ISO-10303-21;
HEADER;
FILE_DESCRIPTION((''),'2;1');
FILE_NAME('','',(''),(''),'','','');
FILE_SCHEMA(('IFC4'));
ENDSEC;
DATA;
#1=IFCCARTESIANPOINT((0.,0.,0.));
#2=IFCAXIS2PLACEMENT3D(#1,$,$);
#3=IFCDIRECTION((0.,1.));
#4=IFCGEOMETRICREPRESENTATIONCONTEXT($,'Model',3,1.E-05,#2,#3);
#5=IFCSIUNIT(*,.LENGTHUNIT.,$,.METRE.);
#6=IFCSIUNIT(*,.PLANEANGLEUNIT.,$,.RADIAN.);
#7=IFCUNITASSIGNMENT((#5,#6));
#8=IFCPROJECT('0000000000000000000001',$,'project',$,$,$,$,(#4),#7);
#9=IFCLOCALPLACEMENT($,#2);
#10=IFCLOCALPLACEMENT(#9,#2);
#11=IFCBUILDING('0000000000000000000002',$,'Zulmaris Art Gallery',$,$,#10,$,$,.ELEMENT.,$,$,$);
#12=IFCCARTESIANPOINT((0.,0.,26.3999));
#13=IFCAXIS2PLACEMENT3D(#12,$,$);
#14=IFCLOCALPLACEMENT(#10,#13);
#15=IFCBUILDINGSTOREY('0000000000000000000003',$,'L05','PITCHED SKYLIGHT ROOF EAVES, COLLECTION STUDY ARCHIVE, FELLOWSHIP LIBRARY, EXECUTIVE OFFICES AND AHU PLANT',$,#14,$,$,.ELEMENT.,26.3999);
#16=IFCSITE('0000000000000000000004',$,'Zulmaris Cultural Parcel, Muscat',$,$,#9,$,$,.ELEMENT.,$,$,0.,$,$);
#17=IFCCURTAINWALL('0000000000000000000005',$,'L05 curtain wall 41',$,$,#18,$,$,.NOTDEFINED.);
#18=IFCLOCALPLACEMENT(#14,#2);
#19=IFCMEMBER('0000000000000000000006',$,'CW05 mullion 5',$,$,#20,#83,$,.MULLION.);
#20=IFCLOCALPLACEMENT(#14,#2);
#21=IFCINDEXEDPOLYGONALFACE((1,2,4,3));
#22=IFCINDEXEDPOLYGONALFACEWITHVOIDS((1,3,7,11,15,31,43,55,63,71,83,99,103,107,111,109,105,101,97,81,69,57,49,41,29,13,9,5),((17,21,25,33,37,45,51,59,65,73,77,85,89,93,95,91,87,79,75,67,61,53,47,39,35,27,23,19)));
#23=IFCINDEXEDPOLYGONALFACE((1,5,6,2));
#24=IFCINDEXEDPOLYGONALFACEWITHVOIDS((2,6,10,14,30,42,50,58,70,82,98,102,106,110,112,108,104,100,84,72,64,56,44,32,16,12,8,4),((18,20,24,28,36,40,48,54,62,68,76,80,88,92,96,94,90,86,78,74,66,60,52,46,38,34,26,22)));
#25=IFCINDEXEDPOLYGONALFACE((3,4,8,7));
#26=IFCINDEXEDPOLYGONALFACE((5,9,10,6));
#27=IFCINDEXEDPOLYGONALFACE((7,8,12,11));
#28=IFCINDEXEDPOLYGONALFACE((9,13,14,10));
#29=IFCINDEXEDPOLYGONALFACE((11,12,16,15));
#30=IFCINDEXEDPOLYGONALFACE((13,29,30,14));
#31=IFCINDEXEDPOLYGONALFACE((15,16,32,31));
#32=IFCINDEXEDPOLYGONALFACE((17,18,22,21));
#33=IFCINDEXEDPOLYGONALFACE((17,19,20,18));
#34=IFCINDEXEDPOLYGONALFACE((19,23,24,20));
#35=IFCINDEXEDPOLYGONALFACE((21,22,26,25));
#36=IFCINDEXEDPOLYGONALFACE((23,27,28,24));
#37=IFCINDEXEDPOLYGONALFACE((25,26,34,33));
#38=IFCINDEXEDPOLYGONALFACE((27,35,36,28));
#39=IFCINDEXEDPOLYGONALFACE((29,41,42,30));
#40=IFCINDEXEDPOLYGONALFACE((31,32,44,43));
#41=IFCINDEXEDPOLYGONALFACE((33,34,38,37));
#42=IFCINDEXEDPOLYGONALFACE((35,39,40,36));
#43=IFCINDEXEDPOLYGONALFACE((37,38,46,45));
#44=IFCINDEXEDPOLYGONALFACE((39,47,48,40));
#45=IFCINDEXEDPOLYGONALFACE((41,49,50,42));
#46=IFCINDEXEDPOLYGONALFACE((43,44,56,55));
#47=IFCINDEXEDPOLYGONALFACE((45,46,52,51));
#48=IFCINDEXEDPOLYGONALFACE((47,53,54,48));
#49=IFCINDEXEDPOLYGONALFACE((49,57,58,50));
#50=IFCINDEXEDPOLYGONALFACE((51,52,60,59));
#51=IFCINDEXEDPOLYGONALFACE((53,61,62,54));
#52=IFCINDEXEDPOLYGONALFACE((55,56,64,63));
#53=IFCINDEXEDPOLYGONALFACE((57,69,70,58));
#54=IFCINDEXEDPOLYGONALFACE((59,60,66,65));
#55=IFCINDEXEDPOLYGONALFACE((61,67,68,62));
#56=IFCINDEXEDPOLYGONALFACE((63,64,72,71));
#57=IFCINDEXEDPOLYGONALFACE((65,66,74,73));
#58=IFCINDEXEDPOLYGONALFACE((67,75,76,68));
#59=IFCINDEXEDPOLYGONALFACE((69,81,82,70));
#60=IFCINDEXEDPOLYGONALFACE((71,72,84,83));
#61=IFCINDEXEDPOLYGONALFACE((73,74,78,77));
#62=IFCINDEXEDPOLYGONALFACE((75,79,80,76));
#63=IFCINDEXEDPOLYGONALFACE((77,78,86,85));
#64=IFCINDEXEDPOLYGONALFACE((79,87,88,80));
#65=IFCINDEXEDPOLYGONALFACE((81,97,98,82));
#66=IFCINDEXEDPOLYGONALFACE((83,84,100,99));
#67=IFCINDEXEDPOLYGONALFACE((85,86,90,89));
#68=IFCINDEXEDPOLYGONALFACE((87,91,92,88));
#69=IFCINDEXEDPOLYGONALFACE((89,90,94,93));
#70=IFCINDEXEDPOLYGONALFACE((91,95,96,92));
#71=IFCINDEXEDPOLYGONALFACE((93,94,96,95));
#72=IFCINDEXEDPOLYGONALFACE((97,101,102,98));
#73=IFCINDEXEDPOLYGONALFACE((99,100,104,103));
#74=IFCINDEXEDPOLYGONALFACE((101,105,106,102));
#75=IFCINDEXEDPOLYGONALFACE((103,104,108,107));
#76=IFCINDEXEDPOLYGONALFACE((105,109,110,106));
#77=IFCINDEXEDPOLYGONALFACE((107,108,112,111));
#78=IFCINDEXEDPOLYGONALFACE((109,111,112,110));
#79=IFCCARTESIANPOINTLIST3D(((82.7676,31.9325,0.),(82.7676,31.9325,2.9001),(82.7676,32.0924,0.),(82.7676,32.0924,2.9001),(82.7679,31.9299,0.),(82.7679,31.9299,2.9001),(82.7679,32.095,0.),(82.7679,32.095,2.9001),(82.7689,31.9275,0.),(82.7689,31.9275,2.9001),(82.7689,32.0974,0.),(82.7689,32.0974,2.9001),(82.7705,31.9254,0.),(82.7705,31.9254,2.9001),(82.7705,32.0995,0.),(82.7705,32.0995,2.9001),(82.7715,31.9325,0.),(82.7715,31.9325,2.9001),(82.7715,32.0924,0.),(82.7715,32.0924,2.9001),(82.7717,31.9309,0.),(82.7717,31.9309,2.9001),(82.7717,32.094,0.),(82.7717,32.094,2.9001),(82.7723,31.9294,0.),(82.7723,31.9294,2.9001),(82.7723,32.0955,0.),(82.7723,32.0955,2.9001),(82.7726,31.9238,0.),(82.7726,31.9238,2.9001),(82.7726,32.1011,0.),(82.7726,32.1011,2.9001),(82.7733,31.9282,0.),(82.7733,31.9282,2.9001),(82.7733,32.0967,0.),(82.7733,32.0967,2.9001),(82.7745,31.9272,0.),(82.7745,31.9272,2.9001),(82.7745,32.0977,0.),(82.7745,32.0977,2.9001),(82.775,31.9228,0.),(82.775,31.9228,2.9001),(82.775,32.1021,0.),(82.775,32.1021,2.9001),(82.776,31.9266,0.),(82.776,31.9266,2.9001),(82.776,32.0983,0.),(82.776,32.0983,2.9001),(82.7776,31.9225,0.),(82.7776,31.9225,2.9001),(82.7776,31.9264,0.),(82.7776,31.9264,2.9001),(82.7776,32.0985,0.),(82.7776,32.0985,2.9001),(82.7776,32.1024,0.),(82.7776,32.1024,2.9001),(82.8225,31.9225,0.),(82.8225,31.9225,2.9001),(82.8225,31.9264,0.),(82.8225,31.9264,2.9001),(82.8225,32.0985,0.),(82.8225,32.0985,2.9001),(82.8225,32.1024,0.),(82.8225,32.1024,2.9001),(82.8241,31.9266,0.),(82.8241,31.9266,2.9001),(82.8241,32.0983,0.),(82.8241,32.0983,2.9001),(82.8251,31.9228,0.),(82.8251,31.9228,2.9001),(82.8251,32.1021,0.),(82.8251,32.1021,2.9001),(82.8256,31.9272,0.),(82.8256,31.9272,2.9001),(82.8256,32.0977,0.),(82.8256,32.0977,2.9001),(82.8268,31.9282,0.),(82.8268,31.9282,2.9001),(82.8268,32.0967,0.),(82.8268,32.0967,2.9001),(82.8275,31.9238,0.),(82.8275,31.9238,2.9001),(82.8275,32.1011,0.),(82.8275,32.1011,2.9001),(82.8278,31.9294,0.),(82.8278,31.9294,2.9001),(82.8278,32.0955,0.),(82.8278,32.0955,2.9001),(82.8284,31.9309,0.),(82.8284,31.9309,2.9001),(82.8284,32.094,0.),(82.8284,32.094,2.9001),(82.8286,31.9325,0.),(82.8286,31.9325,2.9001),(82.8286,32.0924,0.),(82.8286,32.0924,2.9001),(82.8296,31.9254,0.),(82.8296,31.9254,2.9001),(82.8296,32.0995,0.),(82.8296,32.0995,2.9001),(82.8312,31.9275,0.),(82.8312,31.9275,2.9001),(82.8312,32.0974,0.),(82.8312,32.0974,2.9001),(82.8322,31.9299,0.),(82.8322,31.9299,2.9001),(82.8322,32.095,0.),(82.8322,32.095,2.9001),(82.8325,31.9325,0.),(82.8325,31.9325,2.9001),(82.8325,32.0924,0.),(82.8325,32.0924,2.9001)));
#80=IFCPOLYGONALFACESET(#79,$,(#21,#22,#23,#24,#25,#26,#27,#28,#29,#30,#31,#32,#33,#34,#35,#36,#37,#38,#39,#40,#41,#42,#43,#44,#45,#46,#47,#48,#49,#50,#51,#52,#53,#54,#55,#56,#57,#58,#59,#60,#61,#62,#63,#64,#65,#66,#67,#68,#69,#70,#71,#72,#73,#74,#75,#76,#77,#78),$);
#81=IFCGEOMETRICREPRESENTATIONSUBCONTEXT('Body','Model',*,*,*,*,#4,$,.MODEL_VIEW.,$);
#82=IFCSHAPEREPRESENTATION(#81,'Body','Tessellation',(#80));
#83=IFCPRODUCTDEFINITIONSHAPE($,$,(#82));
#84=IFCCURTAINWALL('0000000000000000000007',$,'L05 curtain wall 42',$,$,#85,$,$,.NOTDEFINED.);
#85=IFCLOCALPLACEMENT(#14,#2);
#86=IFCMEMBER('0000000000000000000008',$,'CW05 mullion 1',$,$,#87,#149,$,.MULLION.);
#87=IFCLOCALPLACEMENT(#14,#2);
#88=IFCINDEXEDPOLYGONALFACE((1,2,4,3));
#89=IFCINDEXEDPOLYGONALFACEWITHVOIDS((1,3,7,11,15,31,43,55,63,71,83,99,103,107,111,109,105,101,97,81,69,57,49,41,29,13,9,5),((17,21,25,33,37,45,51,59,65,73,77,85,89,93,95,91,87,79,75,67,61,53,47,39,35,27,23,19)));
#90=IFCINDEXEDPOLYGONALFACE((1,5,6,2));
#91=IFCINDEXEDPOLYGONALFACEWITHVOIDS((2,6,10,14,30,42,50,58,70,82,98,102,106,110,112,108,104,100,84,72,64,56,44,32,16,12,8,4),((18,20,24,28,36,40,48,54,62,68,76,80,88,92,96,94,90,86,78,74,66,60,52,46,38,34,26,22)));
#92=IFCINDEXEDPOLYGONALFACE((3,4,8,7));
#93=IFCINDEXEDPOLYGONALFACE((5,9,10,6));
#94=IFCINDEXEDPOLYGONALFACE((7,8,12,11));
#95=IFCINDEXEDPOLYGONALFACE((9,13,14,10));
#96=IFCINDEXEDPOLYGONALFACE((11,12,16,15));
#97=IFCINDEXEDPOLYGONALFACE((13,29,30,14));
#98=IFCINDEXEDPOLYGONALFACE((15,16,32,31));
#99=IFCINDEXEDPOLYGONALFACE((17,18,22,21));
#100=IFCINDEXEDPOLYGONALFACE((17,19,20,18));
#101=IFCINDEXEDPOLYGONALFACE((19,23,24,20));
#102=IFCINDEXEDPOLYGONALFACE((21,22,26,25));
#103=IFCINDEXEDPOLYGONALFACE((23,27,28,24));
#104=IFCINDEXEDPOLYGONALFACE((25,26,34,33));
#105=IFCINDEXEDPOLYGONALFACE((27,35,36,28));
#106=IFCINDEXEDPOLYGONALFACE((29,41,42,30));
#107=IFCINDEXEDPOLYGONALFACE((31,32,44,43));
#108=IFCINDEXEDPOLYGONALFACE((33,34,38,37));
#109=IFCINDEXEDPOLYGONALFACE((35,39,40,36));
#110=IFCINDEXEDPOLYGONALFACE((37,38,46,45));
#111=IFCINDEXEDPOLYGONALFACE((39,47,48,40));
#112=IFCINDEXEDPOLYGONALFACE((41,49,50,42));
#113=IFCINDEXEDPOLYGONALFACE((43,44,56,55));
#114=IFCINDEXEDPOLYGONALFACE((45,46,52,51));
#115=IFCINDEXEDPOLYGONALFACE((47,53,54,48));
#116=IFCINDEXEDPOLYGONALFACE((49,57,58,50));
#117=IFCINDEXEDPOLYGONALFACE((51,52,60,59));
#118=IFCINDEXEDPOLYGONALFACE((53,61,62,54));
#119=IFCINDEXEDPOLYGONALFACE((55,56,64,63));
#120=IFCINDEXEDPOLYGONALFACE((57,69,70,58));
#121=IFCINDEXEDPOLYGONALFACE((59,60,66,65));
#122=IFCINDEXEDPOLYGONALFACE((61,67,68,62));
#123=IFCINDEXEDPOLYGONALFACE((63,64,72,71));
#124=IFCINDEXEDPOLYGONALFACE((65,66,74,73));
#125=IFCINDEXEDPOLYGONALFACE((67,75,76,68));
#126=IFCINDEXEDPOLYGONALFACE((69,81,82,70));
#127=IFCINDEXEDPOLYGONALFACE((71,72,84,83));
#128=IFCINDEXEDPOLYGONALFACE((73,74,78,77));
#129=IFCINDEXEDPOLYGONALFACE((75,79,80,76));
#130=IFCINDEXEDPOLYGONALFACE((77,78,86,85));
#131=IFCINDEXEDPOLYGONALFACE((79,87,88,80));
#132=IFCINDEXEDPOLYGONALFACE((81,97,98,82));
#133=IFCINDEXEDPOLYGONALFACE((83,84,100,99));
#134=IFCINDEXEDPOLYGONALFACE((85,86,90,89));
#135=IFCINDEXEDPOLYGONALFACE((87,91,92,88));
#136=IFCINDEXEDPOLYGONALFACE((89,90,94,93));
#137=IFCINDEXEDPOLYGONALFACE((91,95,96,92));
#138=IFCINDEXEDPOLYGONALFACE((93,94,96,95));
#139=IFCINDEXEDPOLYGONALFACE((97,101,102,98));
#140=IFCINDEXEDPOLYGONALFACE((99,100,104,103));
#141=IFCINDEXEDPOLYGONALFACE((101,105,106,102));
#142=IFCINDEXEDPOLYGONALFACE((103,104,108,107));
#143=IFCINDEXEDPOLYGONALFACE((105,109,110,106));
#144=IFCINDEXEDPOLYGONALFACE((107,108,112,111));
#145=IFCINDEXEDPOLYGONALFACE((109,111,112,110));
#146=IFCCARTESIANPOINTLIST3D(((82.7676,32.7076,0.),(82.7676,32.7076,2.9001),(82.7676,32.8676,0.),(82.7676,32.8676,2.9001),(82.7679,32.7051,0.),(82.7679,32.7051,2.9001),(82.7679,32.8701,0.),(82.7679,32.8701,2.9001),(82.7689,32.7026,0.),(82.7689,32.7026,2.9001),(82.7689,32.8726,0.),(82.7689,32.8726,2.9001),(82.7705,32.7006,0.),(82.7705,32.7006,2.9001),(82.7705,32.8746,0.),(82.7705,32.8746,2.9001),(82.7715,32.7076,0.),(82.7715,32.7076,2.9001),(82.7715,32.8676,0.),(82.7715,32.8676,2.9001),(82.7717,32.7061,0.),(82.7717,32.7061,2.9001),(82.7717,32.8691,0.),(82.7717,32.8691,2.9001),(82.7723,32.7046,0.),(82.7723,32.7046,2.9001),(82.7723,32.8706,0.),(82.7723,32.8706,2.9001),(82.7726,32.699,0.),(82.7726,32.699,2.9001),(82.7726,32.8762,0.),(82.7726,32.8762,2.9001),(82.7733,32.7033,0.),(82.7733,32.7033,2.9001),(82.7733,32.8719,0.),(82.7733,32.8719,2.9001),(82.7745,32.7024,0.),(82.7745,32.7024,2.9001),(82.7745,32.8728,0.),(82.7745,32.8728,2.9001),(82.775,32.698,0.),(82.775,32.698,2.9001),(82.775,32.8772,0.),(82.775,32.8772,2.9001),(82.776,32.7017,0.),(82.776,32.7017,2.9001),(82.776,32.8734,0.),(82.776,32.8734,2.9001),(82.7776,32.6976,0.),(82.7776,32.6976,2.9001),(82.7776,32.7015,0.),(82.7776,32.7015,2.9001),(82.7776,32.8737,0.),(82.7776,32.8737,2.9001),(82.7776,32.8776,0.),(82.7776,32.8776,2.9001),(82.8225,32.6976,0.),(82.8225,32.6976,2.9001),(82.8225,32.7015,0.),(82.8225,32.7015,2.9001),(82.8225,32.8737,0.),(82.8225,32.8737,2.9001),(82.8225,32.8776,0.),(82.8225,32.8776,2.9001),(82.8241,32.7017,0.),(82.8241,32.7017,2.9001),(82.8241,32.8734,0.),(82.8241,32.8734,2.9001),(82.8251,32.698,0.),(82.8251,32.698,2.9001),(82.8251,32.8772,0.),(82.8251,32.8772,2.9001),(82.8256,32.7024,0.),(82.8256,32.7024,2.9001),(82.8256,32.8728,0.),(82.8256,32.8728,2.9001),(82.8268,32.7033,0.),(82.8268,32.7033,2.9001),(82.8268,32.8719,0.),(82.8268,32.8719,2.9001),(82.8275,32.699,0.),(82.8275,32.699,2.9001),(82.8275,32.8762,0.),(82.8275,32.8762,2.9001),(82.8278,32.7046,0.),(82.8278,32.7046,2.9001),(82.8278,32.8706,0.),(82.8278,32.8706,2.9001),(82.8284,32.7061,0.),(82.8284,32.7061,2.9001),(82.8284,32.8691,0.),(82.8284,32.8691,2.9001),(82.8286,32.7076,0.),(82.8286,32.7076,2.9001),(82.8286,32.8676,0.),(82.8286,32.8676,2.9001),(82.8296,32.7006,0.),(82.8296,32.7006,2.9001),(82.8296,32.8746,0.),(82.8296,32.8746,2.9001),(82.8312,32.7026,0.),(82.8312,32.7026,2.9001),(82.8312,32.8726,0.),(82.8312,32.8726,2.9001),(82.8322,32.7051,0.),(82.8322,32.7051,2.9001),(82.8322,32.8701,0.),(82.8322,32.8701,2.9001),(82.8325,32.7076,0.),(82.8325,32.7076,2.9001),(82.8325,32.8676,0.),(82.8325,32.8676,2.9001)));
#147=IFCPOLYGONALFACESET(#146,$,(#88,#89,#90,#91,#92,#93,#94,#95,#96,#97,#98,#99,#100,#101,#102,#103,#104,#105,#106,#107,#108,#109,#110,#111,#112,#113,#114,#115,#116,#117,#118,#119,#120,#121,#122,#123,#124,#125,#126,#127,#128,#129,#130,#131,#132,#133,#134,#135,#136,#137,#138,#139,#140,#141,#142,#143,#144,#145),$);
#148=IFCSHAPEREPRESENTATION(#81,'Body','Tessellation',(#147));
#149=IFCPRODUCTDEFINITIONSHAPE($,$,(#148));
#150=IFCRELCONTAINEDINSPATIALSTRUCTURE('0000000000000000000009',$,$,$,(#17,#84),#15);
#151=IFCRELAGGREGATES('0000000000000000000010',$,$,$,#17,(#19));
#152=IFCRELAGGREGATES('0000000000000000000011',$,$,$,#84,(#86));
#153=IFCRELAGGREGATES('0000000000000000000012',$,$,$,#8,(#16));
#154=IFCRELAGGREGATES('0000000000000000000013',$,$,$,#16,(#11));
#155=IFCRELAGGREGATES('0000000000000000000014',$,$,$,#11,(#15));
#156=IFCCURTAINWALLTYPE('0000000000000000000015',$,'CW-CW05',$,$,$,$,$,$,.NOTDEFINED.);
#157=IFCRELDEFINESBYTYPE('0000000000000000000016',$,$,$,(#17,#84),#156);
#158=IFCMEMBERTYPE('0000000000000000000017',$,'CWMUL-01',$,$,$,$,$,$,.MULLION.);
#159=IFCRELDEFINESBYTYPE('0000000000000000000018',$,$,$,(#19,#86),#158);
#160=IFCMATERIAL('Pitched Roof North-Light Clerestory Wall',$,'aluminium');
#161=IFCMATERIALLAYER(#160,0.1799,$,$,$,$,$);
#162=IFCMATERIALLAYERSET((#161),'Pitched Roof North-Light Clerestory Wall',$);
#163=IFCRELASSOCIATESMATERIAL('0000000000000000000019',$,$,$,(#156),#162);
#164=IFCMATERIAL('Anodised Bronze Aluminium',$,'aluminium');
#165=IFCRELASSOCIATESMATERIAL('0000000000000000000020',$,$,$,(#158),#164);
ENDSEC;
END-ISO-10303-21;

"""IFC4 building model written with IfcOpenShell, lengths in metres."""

from ifc_helpers import new_model, si_unit, direction, frame, origin, origin_2d, place, context, subcontext, project, spatial, hollow_rectangle, extrude, material, layer, layer_set, material_profile, profile_set, type_object, element, aggregate, save


model = new_model("IFC4")

# Units and contexts
model_context = context("Model", 3, precision=1e-05, world=origin(), true_north=direction((0.0, 1.0)))
body_context = subcontext(model_context, "Body", "Model", "MODEL_VIEW")
ifc_project = project(units=[si_unit("LENGTHUNIT", "METRE"), si_unit("PLANEANGLEUNIT", "RADIAN")], contexts=[model_context])

# Site, building, storey
site_placement = place(None, origin())
site = spatial("IfcSite", under=ifc_project, at=site_placement, Name="Zulmaris Cultural Parcel, Muscat", CompositionType="ELEMENT", RefElevation=0.0)
building_placement = place(site_placement, origin())
building = spatial("IfcBuilding", under=site, at=building_placement, Name="Zulmaris Art Gallery", CompositionType="ELEMENT")
storey_placement = place(building_placement, frame((0.0, 0.0, 26.3999)))
storey = spatial("IfcBuildingStorey", under=building, at=storey_placement, Name="L05", Description="PITCHED SKYLIGHT ROOF EAVES, COLLECTION STUDY ARCHIVE, FELLOWSHIP LIBRARY, EXECUTIVE OFFICES AND AHU PLANT", CompositionType="ELEMENT", Elevation=26.3999)

# Curtain walls, members
ifc_material_1 = material(Name="Pitched Roof North-Light Clerestory Wall", Category="aluminium")
ifc_layer_1 = layer(ifc_material_1, 0.1799)
ifc_layer_set_1 = layer_set([ifc_layer_1], Name="Pitched Roof North-Light Clerestory Wall")
curtain_wall_type = type_object("IfcCurtainWallType", Name="CW-CW05", PredefinedType="NOTDEFINED", material=ifc_layer_set_1)
curtain_wall_1_placement = place(storey_placement, origin())
curtain_wall_1 = element("IfcCurtainWall", 1, at=curtain_wall_1_placement, inside=storey, type_object=curtain_wall_type, Name="L05 curtain wall 41", PredefinedType="NOTDEFINED")
ifc_material_2 = material(Name="Anodised Bronze Aluminium", Category="aluminium")
ifc_material_profile_1 = material_profile(ifc_material_2, hollow_rectangle(XDim=0.0649, YDim=0.1799, WallThickness=0.0039, InnerFilletRadius=0.0061, OuterFilletRadius=0.01, at=origin_2d()), Name="ALU 65x180x4")
ifc_profile_set_1 = profile_set([ifc_material_profile_1], Name="Anodised Bronze Aluminium")
member_type_1 = type_object("IfcMemberType", Name="CWMUL-01", PredefinedType="MULLION", material=ifc_profile_set_1)
member_1_placement = place(storey_placement, frame((82.8, 32.0125, 0.0), z_axis=(0.0, 0.0, 1.0), x_axis=(-1.0, 0.0, 0.0)))
member_1 = element("IfcMember", 2, at=member_1_placement, type_object=member_type_1, Name="CW05 mullion 5", PredefinedType="MULLION", context=body_context, shape_type="SweptSolid", body=[
    extrude(hollow_rectangle(XDim=0.0649, YDim=0.1799, WallThickness=0.0039, InnerFilletRadius=0.0061, OuterFilletRadius=0.01, at=origin_2d()), origin(), (0.0, 0.0, 1.0), 2.9001),
])
curtain_wall_2_placement = place(storey_placement, origin())
curtain_wall_2 = element("IfcCurtainWall", 3, at=curtain_wall_2_placement, inside=storey, type_object=curtain_wall_type, Name="L05 curtain wall 42", PredefinedType="NOTDEFINED")
member_2_placement = place(storey_placement, frame((82.8, 32.7876, 0.0), z_axis=(0.0, 0.0, 1.0), x_axis=(-1.0, 0.0, 0.0)))
member_2 = element("IfcMember", 4, at=member_2_placement, type_object=member_type_1, Name="CW05 mullion 1", PredefinedType="MULLION", context=body_context, shape_type="SweptSolid", body=[
    extrude(hollow_rectangle(XDim=0.0649, YDim=0.1799, WallThickness=0.0039, InnerFilletRadius=0.0061, OuterFilletRadius=0.01, at=origin_2d()), origin(), (0.0, 0.0, 1.0), 2.9001),
])

aggregate(curtain_wall_1, [member_1])
aggregate(curtain_wall_2, [member_2])

save(model, "model.ifc")
